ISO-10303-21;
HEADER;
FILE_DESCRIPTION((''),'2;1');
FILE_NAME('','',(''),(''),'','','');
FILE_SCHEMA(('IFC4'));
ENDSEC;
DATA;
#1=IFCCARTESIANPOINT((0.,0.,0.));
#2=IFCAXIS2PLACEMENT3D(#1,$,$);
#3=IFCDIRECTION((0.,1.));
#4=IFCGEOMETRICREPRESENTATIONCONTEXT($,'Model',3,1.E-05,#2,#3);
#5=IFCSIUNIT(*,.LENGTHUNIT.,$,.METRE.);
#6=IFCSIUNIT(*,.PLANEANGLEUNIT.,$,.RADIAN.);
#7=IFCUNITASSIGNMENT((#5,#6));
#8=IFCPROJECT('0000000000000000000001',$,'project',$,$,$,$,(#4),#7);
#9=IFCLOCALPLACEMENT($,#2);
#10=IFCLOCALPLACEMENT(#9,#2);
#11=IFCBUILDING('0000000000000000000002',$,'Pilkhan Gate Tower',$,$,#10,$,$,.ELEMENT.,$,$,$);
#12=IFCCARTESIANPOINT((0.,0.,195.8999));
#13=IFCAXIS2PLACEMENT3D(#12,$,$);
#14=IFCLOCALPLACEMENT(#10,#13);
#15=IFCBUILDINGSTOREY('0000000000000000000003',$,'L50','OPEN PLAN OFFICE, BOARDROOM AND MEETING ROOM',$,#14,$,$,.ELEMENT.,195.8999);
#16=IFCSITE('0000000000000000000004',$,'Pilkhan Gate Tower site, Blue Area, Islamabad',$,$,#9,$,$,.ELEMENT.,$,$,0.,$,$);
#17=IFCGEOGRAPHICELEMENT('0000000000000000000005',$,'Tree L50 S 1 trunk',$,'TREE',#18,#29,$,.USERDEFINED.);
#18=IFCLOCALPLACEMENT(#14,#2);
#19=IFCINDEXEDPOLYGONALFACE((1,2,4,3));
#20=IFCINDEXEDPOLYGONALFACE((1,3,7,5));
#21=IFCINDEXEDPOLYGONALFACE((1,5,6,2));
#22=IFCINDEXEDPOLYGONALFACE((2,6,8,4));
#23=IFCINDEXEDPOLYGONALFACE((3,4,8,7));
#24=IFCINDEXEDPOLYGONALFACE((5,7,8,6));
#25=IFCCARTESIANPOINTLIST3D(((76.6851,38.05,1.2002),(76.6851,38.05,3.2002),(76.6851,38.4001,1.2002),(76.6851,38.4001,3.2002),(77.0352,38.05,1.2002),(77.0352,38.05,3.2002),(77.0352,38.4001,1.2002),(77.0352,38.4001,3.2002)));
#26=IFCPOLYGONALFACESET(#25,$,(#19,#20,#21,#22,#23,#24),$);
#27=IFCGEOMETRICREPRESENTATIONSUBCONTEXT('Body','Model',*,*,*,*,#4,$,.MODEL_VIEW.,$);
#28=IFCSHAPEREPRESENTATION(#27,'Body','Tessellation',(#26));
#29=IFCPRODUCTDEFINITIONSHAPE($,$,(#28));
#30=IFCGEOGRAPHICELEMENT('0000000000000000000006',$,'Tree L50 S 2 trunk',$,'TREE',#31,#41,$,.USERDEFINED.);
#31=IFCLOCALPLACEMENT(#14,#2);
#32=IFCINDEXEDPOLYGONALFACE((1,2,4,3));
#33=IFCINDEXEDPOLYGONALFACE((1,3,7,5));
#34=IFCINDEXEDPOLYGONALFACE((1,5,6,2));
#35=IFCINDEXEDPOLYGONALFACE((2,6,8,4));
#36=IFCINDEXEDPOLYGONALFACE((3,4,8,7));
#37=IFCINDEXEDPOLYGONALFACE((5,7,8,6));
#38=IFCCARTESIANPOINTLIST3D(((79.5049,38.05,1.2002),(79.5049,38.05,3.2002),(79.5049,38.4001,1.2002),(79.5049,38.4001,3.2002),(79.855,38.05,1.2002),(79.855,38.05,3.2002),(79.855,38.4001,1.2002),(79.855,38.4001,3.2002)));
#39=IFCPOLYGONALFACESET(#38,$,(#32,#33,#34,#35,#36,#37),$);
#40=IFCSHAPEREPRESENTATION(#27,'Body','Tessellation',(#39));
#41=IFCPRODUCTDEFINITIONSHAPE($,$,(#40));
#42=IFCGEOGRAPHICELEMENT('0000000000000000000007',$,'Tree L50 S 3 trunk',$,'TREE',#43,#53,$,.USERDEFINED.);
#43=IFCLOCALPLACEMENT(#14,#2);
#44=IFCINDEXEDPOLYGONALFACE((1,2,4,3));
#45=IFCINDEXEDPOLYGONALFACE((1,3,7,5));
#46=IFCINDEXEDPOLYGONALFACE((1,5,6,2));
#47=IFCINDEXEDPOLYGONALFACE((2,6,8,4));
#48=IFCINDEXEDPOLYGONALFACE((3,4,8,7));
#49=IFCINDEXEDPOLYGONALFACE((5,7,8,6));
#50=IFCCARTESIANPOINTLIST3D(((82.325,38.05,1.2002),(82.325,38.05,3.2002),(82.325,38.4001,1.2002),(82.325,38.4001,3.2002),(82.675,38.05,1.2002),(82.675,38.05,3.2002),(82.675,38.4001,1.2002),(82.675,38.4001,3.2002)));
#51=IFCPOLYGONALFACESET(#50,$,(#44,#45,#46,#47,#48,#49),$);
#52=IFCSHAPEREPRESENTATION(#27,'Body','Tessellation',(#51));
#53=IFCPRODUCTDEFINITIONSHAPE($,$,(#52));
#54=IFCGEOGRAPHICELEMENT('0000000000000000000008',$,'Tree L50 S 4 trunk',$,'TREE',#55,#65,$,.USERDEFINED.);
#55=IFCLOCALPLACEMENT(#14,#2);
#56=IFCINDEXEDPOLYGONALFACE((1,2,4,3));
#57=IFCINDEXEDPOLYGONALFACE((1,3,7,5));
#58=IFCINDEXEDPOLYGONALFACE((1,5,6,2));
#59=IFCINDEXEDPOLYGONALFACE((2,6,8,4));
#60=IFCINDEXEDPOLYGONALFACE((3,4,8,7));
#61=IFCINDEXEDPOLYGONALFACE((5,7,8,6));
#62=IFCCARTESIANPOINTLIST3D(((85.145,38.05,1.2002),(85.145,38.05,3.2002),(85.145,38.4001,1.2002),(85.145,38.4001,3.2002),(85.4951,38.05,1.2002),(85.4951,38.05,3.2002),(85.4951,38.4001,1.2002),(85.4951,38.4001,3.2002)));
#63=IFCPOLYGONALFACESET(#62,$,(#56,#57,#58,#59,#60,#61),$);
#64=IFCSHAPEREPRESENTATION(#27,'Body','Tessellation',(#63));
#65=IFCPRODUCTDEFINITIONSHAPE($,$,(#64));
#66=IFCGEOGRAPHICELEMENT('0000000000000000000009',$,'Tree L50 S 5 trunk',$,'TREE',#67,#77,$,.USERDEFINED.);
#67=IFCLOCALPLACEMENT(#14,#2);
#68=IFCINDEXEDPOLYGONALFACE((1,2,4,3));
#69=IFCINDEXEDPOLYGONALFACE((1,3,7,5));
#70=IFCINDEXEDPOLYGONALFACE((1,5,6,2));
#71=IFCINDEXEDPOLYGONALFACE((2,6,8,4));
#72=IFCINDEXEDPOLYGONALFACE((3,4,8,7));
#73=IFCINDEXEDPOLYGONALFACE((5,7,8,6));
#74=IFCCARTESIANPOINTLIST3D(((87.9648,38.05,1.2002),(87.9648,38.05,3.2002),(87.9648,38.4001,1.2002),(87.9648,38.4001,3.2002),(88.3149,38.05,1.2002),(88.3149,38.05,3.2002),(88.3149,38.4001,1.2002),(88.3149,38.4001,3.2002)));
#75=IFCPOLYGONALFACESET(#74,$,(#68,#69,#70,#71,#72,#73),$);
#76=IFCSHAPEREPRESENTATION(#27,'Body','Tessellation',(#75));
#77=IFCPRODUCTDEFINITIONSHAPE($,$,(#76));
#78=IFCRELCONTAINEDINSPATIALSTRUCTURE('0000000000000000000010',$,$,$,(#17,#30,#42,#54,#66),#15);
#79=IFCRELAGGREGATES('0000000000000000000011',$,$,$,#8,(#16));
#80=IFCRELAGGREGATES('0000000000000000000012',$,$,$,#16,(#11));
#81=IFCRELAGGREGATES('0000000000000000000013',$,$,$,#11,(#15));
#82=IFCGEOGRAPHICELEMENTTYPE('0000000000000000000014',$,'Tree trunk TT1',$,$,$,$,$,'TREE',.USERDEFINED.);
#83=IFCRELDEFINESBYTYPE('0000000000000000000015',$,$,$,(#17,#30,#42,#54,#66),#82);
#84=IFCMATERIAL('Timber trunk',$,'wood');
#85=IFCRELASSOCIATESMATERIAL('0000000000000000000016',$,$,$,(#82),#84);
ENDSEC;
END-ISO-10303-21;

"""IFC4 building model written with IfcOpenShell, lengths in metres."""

from ifc_helpers import new_model, si_unit, direction, frame, origin, origin_2d, place, context, subcontext, project, spatial, rectangle, extrude, material, type_object, element, save


model = new_model("IFC4")

# Units and contexts
model_context = context("Model", 3, precision=1e-05, world=origin(), true_north=direction((0.0, 1.0)))
body_context = subcontext(model_context, "Body", "Model", "MODEL_VIEW")
ifc_project = project(units=[si_unit("LENGTHUNIT", "METRE"), si_unit("PLANEANGLEUNIT", "RADIAN")], contexts=[model_context])

# Site, building, storey
site_placement = place(None, origin())
site = spatial("IfcSite", under=ifc_project, at=site_placement, Name="Pilkhan Gate Tower site, Blue Area, Islamabad", CompositionType="ELEMENT", RefElevation=0.0)
building_placement = place(site_placement, origin())
building = spatial("IfcBuilding", under=site, at=building_placement, Name="Pilkhan Gate Tower", CompositionType="ELEMENT")
storey_placement = place(building_placement, frame((0.0, 0.0, 195.8999)))
storey = spatial("IfcBuildingStorey", under=building, at=storey_placement, Name="L50", Description="OPEN PLAN OFFICE, BOARDROOM AND MEETING ROOM", CompositionType="ELEMENT", Elevation=195.8999)

# Geographic elements
ifc_material_1 = material(Name="Timber trunk", Category="wood")
geographic_element_type_1 = type_object("IfcGeographicElementType", Name="Tree trunk TT1", ElementType="TREE", PredefinedType="USERDEFINED", material=ifc_material_1)
for number, where, z_axis, x_axis, name in (
    (1, (76.8601, 38.2251, 1.2002), (0.0, 0.0, 1.0), (1.0, 0.0, 0.0), "Tree L50 S 1 trunk"),
    (2, (79.6799, 38.2251, 1.2002), (0.0, 0.0, 1.0), (1.0, 0.0, 0.0), "Tree L50 S 2 trunk"),
    (3, (82.5, 38.2251, 1.2002), (0.0, 0.0, 1.0), (1.0, 0.0, 0.0), "Tree L50 S 3 trunk"),
    (4, (85.3201, 38.2251, 1.2002), (0.0, 0.0, 1.0), (1.0, 0.0, 0.0), "Tree L50 S 4 trunk"),
    (5, (88.1399, 38.2251, 1.2002), (0.0, 0.0, 1.0), (1.0, 0.0, 0.0), "Tree L50 S 5 trunk"),
):
    element("IfcGeographicElement", number, at=place(storey_placement, frame(where, z_axis=z_axis, x_axis=x_axis)), inside=storey, type_object=geographic_element_type_1, Name=name, ObjectType="TREE", PredefinedType="USERDEFINED", context=body_context, shape_type="SweptSolid", body=[
        extrude(rectangle(XDim=0.3501, YDim=0.3501, at=origin_2d()), origin(), (0.0, 0.0, 1.0), 2.0),
    ])

save(model, "model.ifc")
